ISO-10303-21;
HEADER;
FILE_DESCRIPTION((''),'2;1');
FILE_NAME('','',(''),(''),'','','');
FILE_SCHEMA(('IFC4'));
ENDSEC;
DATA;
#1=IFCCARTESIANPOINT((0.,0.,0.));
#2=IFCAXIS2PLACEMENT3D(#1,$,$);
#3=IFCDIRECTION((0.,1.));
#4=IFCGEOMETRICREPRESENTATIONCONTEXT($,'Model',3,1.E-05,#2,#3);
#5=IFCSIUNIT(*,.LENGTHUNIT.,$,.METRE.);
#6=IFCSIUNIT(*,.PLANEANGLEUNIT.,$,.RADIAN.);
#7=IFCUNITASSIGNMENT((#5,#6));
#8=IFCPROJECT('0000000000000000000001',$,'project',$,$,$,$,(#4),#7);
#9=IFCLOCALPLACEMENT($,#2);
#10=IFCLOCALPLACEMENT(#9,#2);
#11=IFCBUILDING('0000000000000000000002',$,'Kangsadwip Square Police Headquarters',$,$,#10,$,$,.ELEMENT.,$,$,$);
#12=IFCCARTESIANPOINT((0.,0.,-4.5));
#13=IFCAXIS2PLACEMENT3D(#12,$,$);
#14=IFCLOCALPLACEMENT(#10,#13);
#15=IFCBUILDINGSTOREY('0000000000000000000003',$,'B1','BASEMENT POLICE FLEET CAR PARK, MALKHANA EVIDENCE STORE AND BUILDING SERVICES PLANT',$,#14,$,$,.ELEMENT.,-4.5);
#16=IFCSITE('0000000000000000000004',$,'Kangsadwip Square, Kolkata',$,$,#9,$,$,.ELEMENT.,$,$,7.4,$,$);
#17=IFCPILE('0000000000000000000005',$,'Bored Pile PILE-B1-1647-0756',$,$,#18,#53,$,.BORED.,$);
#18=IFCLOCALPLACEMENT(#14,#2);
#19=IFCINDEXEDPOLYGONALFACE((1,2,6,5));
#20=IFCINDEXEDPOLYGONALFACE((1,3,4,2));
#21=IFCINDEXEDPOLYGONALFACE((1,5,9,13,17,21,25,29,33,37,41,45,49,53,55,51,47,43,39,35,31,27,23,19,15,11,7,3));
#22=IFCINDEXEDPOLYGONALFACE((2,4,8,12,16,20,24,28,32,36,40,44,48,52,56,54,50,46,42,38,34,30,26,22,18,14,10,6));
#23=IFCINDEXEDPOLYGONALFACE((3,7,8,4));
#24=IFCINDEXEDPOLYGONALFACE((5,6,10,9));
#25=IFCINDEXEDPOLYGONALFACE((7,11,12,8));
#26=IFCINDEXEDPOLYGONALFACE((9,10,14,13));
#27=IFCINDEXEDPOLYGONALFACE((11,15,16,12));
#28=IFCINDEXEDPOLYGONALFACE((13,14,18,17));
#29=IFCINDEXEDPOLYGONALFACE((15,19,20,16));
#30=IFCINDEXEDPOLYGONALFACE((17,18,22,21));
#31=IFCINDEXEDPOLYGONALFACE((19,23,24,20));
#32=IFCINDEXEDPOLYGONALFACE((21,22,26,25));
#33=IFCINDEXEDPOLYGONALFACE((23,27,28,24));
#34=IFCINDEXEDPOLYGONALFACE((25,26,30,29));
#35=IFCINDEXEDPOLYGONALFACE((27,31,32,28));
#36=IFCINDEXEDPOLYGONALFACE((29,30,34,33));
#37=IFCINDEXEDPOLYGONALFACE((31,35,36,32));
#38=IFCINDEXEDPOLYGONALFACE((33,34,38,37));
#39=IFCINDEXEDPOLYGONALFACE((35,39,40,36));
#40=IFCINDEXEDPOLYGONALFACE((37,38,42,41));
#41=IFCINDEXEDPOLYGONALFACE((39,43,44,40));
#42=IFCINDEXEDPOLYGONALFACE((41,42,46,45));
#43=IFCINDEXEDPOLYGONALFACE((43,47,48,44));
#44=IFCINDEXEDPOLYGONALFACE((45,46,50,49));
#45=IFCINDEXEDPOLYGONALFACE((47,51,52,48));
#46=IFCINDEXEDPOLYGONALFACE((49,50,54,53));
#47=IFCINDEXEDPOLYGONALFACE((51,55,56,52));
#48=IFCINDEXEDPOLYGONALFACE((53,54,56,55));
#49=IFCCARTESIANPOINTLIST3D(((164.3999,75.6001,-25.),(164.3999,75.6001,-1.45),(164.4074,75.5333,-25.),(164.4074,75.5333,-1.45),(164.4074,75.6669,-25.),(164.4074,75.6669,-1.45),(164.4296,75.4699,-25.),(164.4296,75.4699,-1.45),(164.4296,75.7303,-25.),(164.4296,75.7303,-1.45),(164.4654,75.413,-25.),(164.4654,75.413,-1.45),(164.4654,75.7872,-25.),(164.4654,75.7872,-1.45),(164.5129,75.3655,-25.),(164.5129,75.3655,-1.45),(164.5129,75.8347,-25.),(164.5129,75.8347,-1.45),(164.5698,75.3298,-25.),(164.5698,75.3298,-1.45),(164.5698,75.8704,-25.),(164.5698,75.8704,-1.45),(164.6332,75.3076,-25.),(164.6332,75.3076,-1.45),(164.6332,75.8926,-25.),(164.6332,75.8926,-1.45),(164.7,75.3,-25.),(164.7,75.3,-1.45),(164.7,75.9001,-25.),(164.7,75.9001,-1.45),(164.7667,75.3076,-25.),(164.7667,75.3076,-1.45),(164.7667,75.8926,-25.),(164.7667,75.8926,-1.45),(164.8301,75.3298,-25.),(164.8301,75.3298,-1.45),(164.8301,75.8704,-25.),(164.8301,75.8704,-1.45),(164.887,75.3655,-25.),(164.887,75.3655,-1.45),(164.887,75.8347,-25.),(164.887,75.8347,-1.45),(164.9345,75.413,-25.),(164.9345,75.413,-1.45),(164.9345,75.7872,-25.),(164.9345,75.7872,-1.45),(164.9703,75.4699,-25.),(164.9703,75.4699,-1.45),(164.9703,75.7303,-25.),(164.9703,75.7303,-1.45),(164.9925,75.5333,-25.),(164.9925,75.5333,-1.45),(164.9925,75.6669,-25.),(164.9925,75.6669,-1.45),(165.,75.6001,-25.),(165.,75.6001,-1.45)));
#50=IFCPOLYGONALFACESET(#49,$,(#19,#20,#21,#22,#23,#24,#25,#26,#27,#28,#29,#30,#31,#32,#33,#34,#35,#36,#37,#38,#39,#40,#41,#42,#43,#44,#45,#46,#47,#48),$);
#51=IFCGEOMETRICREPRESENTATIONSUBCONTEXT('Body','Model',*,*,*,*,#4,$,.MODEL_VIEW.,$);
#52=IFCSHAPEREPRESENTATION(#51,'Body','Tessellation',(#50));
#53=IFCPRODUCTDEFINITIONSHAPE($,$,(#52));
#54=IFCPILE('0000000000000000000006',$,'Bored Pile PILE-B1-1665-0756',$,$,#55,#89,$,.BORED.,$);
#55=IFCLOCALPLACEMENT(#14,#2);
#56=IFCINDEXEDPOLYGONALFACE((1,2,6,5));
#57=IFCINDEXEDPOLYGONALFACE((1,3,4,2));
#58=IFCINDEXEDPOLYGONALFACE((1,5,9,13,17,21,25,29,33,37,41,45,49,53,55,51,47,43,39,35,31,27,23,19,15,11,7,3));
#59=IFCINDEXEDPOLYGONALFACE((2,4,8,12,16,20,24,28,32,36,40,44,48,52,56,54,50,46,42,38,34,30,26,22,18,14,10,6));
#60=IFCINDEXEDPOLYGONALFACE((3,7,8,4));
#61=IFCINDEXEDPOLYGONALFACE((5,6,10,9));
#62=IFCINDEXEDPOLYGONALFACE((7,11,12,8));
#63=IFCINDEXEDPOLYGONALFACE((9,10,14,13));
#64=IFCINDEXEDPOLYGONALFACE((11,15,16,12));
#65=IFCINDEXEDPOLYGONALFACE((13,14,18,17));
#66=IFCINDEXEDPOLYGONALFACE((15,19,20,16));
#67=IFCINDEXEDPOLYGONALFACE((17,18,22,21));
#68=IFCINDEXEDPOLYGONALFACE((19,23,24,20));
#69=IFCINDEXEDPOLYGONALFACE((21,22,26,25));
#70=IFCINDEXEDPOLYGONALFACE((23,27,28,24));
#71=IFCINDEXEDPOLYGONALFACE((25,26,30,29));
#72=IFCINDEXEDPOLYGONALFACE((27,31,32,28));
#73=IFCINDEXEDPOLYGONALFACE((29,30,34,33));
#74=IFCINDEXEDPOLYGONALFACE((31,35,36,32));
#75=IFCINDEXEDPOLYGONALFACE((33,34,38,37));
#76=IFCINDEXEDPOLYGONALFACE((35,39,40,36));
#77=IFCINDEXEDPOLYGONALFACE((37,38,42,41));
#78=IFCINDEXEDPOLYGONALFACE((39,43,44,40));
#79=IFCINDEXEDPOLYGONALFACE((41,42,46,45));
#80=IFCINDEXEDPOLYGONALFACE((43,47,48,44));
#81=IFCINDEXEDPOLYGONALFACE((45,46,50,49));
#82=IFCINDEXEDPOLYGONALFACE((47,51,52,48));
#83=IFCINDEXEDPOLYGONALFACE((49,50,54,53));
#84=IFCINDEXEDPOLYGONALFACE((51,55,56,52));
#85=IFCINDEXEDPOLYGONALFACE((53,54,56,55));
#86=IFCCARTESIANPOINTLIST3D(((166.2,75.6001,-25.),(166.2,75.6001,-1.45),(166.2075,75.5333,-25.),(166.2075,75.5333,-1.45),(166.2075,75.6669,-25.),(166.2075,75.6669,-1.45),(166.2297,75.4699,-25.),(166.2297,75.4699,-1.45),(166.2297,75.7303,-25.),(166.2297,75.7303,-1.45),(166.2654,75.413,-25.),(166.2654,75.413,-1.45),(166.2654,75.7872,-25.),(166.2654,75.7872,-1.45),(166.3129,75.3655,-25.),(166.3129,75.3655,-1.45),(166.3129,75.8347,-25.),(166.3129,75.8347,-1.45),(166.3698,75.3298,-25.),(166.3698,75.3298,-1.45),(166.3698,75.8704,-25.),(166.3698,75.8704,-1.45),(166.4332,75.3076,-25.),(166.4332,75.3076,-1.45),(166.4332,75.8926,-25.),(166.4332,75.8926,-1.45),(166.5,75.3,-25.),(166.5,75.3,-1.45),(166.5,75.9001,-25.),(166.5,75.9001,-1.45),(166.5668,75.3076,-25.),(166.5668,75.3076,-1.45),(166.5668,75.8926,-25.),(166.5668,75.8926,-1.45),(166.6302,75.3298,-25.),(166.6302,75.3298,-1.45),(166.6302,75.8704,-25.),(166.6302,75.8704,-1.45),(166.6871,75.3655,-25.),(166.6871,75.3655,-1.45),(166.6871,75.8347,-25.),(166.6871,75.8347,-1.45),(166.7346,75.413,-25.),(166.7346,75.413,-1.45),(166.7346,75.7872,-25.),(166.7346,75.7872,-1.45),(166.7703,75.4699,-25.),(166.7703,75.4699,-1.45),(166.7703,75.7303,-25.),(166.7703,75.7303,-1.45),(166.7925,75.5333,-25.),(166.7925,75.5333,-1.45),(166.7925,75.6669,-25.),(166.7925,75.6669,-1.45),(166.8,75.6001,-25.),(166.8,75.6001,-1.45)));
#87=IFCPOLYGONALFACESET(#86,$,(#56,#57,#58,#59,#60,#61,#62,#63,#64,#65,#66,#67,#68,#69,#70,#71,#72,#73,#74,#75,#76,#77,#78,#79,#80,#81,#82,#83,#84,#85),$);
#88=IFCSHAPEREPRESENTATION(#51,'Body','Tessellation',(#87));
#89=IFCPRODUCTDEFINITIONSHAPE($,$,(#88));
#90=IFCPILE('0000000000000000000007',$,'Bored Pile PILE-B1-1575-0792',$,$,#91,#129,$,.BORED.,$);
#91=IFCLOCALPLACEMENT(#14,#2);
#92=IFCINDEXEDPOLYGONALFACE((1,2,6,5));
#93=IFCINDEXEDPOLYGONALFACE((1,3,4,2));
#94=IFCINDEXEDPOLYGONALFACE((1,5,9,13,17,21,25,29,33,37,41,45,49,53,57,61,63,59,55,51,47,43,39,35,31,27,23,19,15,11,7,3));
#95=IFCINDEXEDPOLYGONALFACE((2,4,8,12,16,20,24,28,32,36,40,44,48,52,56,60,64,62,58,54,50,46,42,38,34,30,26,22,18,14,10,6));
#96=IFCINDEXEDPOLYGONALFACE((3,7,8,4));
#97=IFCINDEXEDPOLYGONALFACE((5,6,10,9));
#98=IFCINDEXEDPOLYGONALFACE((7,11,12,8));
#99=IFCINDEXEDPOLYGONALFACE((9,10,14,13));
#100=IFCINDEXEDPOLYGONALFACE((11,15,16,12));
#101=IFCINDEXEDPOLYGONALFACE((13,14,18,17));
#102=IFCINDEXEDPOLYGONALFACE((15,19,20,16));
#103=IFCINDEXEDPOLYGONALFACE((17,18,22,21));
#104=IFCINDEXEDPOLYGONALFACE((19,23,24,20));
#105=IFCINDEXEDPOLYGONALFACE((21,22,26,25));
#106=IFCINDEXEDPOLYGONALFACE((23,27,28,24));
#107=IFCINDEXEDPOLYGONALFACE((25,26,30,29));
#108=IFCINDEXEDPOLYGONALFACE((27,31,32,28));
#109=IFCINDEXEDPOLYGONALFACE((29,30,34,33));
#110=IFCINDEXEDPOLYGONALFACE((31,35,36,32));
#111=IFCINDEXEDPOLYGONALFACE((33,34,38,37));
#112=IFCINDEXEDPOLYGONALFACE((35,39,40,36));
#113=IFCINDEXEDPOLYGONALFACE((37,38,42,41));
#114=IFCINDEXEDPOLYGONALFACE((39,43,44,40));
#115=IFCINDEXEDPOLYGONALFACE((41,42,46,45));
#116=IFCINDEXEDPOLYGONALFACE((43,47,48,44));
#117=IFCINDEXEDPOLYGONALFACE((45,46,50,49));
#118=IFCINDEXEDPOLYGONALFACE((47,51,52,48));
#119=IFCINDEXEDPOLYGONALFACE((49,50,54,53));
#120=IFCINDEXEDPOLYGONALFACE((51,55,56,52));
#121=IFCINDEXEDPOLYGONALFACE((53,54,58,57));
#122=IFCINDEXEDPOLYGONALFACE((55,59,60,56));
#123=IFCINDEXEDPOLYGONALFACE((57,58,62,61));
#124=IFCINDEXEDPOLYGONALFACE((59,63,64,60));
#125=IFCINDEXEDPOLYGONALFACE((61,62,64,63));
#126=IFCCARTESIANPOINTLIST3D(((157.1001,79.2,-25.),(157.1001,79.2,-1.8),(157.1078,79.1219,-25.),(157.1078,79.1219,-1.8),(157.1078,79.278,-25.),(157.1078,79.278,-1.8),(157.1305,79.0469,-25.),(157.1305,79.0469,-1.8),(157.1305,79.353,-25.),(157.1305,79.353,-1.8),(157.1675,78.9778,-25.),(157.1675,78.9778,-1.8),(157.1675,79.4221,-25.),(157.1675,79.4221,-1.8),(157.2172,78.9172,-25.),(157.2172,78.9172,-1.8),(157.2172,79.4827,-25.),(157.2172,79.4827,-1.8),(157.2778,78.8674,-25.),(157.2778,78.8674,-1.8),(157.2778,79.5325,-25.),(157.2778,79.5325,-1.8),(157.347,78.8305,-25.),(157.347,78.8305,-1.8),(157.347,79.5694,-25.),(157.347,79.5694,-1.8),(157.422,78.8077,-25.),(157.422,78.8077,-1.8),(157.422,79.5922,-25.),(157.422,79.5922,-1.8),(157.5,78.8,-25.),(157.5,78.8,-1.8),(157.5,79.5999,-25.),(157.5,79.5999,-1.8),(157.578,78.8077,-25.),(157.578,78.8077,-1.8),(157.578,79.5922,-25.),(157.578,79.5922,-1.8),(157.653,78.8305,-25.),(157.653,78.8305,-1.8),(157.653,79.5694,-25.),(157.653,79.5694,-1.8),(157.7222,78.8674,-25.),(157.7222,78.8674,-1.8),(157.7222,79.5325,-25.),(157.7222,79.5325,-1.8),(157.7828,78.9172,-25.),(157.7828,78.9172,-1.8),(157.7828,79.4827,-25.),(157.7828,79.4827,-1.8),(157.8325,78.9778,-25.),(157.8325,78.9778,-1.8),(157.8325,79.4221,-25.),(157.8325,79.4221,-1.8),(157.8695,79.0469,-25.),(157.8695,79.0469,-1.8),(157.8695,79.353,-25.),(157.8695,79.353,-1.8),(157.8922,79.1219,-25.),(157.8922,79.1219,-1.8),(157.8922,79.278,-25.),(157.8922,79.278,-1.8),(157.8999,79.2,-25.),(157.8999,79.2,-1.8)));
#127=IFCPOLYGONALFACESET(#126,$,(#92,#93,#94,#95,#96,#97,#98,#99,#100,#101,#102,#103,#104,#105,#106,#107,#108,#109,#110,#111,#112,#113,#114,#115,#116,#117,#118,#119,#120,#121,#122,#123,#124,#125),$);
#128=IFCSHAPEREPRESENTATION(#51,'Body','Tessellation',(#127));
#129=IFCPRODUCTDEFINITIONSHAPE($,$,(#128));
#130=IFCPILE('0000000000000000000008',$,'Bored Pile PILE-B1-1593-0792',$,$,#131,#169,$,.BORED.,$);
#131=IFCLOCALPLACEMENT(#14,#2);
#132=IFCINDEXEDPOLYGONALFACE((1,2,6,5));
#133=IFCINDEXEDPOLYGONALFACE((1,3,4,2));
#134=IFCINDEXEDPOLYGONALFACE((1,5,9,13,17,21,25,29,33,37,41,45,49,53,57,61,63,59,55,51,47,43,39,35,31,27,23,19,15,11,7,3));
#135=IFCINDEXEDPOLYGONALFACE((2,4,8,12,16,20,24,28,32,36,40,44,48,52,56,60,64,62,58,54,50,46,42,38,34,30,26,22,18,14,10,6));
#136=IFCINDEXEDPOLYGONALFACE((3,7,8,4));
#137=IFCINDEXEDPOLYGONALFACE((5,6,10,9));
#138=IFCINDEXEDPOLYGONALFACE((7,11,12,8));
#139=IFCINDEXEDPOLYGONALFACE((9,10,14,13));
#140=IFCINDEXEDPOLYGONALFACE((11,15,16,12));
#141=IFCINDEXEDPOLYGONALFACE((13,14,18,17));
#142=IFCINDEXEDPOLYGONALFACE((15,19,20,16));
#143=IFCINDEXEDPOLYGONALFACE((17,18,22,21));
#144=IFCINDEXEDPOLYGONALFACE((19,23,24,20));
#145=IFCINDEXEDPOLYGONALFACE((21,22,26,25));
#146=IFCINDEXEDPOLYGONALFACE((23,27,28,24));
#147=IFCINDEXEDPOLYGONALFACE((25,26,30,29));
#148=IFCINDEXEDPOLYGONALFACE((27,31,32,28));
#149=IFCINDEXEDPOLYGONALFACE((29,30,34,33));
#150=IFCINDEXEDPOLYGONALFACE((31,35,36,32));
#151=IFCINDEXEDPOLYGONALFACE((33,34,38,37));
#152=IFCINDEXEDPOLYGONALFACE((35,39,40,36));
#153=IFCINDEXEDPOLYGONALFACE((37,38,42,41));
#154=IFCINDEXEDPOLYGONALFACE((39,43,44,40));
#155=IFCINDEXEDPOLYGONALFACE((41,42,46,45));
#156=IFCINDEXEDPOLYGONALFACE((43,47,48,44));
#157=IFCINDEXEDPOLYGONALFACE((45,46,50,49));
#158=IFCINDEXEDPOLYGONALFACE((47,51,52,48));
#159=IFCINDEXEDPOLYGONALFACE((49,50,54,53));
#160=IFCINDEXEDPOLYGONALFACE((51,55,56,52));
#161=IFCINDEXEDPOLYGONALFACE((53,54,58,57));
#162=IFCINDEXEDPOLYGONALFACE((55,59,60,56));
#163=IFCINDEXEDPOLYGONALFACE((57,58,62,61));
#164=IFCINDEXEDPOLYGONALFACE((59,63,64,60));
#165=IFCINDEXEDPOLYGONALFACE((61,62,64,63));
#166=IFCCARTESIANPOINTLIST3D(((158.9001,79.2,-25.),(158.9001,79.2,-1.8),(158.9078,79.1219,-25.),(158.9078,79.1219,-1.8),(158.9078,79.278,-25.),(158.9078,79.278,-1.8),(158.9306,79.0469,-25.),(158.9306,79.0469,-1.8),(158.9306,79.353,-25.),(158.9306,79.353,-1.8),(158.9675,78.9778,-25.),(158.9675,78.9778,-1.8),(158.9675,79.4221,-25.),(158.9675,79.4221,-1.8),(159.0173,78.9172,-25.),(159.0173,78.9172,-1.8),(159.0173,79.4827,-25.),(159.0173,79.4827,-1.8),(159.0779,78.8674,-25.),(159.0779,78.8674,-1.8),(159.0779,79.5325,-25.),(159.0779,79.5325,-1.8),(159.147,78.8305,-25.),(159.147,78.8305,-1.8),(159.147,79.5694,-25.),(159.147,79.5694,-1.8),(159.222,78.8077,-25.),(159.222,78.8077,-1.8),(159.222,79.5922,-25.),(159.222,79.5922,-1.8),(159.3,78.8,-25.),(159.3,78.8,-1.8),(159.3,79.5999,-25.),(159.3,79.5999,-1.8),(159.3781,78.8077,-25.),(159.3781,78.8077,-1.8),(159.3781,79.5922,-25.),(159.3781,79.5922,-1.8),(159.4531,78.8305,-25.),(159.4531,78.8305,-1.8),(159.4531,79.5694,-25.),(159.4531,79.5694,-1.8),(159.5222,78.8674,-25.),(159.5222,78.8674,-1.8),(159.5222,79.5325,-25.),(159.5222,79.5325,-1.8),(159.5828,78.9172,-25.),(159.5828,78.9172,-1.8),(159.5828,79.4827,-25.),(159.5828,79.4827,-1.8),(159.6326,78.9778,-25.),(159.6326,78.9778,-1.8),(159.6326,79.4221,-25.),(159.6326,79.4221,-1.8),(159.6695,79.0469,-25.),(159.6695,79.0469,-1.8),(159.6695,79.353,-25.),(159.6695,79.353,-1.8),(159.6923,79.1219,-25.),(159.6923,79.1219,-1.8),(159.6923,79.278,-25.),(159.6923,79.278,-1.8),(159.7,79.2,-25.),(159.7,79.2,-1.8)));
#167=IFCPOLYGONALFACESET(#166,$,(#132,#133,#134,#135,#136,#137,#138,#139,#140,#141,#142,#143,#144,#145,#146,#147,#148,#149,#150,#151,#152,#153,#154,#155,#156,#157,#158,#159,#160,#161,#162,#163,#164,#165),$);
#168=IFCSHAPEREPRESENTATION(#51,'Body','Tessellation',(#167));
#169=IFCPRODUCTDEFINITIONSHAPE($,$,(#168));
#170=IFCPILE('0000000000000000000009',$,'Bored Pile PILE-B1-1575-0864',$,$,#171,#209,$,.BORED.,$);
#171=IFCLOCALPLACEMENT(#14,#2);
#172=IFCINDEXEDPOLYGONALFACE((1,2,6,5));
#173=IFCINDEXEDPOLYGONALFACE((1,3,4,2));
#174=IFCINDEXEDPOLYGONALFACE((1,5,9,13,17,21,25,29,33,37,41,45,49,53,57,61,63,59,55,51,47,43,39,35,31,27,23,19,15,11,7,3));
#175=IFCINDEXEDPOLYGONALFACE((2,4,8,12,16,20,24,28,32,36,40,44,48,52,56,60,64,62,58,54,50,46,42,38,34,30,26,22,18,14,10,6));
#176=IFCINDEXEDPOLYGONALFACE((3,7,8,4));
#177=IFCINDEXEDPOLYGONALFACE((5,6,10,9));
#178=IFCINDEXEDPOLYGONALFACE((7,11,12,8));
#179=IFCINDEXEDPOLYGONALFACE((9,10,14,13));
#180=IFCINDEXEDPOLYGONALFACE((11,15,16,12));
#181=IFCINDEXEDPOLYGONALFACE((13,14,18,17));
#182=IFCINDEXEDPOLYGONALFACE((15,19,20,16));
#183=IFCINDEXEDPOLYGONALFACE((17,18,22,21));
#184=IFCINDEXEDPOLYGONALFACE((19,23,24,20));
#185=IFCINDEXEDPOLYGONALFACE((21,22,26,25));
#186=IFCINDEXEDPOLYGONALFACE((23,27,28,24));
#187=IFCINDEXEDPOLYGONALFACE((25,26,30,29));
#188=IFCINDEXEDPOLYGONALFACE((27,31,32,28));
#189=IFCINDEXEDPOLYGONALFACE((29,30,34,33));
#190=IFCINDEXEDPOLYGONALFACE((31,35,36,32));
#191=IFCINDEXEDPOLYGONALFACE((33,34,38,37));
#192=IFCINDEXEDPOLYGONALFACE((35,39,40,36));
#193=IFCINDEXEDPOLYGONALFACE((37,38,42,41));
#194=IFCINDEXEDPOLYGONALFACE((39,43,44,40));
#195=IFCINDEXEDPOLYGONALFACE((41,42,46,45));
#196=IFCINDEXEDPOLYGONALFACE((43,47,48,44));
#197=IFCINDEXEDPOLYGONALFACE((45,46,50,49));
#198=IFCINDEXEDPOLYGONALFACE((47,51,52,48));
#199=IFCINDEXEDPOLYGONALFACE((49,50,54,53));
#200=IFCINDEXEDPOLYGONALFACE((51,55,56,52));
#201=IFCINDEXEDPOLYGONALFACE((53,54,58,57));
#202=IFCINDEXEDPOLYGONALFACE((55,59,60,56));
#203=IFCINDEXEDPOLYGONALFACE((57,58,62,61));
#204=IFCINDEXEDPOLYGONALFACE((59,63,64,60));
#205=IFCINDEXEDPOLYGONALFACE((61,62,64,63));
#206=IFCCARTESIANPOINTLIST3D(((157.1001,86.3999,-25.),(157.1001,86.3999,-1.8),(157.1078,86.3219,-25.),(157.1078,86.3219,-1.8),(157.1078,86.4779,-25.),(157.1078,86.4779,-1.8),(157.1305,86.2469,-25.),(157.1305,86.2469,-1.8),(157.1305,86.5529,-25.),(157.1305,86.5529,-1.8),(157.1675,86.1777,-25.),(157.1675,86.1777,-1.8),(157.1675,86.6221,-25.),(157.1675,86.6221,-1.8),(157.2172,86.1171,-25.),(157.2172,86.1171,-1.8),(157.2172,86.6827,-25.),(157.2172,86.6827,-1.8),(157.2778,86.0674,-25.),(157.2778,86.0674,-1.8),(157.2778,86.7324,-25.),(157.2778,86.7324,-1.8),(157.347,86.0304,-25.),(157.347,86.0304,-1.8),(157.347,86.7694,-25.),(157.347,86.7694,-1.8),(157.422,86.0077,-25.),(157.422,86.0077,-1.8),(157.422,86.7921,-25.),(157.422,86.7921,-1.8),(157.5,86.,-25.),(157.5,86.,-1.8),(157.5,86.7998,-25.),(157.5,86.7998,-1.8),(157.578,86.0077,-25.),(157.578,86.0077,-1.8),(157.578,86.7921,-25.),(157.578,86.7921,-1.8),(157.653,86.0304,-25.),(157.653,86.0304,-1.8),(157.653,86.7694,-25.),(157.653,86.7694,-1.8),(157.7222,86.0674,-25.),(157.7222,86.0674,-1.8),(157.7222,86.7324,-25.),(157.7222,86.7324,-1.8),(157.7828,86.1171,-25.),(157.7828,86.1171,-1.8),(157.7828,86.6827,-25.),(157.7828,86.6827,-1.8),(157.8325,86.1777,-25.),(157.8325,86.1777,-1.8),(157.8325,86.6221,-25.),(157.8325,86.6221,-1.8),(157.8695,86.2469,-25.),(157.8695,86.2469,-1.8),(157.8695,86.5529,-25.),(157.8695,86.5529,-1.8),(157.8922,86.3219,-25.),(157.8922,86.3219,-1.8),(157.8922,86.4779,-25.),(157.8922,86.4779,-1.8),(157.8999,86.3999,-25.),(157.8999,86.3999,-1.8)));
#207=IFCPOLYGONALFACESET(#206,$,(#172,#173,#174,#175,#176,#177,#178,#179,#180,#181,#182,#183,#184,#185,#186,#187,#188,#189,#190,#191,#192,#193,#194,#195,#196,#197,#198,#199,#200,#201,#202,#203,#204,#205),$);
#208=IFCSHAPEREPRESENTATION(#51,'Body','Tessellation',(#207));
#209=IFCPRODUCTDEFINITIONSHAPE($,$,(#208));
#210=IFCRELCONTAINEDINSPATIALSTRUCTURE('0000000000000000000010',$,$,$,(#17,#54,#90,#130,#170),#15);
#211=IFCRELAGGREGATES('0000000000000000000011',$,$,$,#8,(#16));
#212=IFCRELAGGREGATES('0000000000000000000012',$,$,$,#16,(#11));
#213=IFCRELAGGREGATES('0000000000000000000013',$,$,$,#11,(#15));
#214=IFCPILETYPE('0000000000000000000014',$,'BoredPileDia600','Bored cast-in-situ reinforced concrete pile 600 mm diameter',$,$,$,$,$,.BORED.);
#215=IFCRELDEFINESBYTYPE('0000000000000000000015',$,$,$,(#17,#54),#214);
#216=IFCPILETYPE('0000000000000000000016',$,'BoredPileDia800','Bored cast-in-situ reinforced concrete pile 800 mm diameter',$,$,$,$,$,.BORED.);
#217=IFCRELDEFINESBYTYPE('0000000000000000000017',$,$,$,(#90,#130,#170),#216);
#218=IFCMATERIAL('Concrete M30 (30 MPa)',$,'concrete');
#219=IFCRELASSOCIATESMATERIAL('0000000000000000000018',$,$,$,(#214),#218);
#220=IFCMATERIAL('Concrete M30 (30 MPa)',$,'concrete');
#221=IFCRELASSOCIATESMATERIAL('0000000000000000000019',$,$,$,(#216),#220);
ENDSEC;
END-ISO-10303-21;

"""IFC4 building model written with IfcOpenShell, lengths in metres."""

from ifc_helpers import new_model, si_unit, direction, frame, origin, origin_2d, place, context, subcontext, project, spatial, circle, extrude, material, material_profile, profile_set, type_object, element, save


model = new_model("IFC4")

# Units and contexts
model_context = context("Model", 3, precision=1e-05, world=origin(), true_north=direction((0.0, 1.0)))
body_context = subcontext(model_context, "Body", "Model", "MODEL_VIEW")
ifc_project = project(units=[si_unit("LENGTHUNIT", "METRE"), si_unit("PLANEANGLEUNIT", "RADIAN")], contexts=[model_context])

# Site, building, storey
site_placement = place(None, origin())
site = spatial("IfcSite", under=ifc_project, at=site_placement, Name="Kangsadwip Square, Kolkata", CompositionType="ELEMENT", RefElevation=7.4)
building_placement = place(site_placement, origin())
building = spatial("IfcBuilding", under=site, at=building_placement, Name="Kangsadwip Square Police Headquarters", CompositionType="ELEMENT")
storey_placement = place(building_placement, frame((0.0, 0.0, -4.5)))
storey = spatial("IfcBuildingStorey", under=building, at=storey_placement, Name="B1", Description="BASEMENT POLICE FLEET CAR PARK, MALKHANA EVIDENCE STORE AND BUILDING SERVICES PLANT", CompositionType="ELEMENT", Elevation=-4.5)

# Piles
ifc_material_1 = material(Name="Concrete M30 (30 MPa)", Category="concrete")
ifc_material_profile_1 = material_profile(ifc_material_1, circle(Radius=0.3, at=origin_2d()), Name="PILE DIA 600")
ifc_profile_set_1 = profile_set([ifc_material_profile_1], Name="Concrete M30 (30 MPa)")
pile_type_1 = type_object("IfcPileType", Name="BoredPileDia600", Description="Bored cast-in-situ reinforced concrete pile 600 mm diameter", PredefinedType="BORED", material=ifc_profile_set_1)
for number, where, z_axis, x_axis, name in (
    (1, (164.7, 75.6001, -1.45), (0.0, 0.0, -1.0), (1.0, 0.0, 0.0), "Bored Pile PILE-B1-1647-0756"),
    (2, (166.5, 75.6001, -1.45), (0.0, 0.0, -1.0), (1.0, 0.0, 0.0), "Bored Pile PILE-B1-1665-0756"),
):
    element("IfcPile", number, at=place(storey_placement, frame(where, z_axis=z_axis, x_axis=x_axis)), inside=storey, type_object=pile_type_1, Name=name, PredefinedType="BORED", context=body_context, shape_type="SweptSolid", body=[
        extrude(circle(Radius=0.3, at=origin_2d()), origin(), (0.0, 0.0, 1.0), 23.55),
    ])
ifc_material_2 = material(Name="Concrete M30 (30 MPa)", Category="concrete")
ifc_material_profile_2 = material_profile(ifc_material_2, circle(Radius=0.3999, at=origin_2d()), Name="PILE DIA 800")
ifc_profile_set_2 = profile_set([ifc_material_profile_2], Name="Concrete M30 (30 MPa)")
pile_type_2 = type_object("IfcPileType", Name="BoredPileDia800", Description="Bored cast-in-situ reinforced concrete pile 800 mm diameter", PredefinedType="BORED", material=ifc_profile_set_2)
for number, where, z_axis, x_axis, name in (
    (3, (157.5, 79.2, -1.8), (0.0, 0.0, -1.0), (1.0, 0.0, 0.0), "Bored Pile PILE-B1-1575-0792"),
    (4, (159.3, 79.2, -1.8), (0.0, 0.0, -1.0), (1.0, 0.0, 0.0), "Bored Pile PILE-B1-1593-0792"),
    (5, (157.5, 86.3999, -1.8), (0.0, 0.0, -1.0), (1.0, 0.0, 0.0), "Bored Pile PILE-B1-1575-0864"),
):
    element("IfcPile", number, at=place(storey_placement, frame(where, z_axis=z_axis, x_axis=x_axis)), inside=storey, type_object=pile_type_2, Name=name, PredefinedType="BORED", context=body_context, shape_type="SweptSolid", body=[
        extrude(circle(Radius=0.3999, at=origin_2d()), origin(), (0.0, 0.0, 1.0), 23.2),
    ])

save(model, "model.ifc")
